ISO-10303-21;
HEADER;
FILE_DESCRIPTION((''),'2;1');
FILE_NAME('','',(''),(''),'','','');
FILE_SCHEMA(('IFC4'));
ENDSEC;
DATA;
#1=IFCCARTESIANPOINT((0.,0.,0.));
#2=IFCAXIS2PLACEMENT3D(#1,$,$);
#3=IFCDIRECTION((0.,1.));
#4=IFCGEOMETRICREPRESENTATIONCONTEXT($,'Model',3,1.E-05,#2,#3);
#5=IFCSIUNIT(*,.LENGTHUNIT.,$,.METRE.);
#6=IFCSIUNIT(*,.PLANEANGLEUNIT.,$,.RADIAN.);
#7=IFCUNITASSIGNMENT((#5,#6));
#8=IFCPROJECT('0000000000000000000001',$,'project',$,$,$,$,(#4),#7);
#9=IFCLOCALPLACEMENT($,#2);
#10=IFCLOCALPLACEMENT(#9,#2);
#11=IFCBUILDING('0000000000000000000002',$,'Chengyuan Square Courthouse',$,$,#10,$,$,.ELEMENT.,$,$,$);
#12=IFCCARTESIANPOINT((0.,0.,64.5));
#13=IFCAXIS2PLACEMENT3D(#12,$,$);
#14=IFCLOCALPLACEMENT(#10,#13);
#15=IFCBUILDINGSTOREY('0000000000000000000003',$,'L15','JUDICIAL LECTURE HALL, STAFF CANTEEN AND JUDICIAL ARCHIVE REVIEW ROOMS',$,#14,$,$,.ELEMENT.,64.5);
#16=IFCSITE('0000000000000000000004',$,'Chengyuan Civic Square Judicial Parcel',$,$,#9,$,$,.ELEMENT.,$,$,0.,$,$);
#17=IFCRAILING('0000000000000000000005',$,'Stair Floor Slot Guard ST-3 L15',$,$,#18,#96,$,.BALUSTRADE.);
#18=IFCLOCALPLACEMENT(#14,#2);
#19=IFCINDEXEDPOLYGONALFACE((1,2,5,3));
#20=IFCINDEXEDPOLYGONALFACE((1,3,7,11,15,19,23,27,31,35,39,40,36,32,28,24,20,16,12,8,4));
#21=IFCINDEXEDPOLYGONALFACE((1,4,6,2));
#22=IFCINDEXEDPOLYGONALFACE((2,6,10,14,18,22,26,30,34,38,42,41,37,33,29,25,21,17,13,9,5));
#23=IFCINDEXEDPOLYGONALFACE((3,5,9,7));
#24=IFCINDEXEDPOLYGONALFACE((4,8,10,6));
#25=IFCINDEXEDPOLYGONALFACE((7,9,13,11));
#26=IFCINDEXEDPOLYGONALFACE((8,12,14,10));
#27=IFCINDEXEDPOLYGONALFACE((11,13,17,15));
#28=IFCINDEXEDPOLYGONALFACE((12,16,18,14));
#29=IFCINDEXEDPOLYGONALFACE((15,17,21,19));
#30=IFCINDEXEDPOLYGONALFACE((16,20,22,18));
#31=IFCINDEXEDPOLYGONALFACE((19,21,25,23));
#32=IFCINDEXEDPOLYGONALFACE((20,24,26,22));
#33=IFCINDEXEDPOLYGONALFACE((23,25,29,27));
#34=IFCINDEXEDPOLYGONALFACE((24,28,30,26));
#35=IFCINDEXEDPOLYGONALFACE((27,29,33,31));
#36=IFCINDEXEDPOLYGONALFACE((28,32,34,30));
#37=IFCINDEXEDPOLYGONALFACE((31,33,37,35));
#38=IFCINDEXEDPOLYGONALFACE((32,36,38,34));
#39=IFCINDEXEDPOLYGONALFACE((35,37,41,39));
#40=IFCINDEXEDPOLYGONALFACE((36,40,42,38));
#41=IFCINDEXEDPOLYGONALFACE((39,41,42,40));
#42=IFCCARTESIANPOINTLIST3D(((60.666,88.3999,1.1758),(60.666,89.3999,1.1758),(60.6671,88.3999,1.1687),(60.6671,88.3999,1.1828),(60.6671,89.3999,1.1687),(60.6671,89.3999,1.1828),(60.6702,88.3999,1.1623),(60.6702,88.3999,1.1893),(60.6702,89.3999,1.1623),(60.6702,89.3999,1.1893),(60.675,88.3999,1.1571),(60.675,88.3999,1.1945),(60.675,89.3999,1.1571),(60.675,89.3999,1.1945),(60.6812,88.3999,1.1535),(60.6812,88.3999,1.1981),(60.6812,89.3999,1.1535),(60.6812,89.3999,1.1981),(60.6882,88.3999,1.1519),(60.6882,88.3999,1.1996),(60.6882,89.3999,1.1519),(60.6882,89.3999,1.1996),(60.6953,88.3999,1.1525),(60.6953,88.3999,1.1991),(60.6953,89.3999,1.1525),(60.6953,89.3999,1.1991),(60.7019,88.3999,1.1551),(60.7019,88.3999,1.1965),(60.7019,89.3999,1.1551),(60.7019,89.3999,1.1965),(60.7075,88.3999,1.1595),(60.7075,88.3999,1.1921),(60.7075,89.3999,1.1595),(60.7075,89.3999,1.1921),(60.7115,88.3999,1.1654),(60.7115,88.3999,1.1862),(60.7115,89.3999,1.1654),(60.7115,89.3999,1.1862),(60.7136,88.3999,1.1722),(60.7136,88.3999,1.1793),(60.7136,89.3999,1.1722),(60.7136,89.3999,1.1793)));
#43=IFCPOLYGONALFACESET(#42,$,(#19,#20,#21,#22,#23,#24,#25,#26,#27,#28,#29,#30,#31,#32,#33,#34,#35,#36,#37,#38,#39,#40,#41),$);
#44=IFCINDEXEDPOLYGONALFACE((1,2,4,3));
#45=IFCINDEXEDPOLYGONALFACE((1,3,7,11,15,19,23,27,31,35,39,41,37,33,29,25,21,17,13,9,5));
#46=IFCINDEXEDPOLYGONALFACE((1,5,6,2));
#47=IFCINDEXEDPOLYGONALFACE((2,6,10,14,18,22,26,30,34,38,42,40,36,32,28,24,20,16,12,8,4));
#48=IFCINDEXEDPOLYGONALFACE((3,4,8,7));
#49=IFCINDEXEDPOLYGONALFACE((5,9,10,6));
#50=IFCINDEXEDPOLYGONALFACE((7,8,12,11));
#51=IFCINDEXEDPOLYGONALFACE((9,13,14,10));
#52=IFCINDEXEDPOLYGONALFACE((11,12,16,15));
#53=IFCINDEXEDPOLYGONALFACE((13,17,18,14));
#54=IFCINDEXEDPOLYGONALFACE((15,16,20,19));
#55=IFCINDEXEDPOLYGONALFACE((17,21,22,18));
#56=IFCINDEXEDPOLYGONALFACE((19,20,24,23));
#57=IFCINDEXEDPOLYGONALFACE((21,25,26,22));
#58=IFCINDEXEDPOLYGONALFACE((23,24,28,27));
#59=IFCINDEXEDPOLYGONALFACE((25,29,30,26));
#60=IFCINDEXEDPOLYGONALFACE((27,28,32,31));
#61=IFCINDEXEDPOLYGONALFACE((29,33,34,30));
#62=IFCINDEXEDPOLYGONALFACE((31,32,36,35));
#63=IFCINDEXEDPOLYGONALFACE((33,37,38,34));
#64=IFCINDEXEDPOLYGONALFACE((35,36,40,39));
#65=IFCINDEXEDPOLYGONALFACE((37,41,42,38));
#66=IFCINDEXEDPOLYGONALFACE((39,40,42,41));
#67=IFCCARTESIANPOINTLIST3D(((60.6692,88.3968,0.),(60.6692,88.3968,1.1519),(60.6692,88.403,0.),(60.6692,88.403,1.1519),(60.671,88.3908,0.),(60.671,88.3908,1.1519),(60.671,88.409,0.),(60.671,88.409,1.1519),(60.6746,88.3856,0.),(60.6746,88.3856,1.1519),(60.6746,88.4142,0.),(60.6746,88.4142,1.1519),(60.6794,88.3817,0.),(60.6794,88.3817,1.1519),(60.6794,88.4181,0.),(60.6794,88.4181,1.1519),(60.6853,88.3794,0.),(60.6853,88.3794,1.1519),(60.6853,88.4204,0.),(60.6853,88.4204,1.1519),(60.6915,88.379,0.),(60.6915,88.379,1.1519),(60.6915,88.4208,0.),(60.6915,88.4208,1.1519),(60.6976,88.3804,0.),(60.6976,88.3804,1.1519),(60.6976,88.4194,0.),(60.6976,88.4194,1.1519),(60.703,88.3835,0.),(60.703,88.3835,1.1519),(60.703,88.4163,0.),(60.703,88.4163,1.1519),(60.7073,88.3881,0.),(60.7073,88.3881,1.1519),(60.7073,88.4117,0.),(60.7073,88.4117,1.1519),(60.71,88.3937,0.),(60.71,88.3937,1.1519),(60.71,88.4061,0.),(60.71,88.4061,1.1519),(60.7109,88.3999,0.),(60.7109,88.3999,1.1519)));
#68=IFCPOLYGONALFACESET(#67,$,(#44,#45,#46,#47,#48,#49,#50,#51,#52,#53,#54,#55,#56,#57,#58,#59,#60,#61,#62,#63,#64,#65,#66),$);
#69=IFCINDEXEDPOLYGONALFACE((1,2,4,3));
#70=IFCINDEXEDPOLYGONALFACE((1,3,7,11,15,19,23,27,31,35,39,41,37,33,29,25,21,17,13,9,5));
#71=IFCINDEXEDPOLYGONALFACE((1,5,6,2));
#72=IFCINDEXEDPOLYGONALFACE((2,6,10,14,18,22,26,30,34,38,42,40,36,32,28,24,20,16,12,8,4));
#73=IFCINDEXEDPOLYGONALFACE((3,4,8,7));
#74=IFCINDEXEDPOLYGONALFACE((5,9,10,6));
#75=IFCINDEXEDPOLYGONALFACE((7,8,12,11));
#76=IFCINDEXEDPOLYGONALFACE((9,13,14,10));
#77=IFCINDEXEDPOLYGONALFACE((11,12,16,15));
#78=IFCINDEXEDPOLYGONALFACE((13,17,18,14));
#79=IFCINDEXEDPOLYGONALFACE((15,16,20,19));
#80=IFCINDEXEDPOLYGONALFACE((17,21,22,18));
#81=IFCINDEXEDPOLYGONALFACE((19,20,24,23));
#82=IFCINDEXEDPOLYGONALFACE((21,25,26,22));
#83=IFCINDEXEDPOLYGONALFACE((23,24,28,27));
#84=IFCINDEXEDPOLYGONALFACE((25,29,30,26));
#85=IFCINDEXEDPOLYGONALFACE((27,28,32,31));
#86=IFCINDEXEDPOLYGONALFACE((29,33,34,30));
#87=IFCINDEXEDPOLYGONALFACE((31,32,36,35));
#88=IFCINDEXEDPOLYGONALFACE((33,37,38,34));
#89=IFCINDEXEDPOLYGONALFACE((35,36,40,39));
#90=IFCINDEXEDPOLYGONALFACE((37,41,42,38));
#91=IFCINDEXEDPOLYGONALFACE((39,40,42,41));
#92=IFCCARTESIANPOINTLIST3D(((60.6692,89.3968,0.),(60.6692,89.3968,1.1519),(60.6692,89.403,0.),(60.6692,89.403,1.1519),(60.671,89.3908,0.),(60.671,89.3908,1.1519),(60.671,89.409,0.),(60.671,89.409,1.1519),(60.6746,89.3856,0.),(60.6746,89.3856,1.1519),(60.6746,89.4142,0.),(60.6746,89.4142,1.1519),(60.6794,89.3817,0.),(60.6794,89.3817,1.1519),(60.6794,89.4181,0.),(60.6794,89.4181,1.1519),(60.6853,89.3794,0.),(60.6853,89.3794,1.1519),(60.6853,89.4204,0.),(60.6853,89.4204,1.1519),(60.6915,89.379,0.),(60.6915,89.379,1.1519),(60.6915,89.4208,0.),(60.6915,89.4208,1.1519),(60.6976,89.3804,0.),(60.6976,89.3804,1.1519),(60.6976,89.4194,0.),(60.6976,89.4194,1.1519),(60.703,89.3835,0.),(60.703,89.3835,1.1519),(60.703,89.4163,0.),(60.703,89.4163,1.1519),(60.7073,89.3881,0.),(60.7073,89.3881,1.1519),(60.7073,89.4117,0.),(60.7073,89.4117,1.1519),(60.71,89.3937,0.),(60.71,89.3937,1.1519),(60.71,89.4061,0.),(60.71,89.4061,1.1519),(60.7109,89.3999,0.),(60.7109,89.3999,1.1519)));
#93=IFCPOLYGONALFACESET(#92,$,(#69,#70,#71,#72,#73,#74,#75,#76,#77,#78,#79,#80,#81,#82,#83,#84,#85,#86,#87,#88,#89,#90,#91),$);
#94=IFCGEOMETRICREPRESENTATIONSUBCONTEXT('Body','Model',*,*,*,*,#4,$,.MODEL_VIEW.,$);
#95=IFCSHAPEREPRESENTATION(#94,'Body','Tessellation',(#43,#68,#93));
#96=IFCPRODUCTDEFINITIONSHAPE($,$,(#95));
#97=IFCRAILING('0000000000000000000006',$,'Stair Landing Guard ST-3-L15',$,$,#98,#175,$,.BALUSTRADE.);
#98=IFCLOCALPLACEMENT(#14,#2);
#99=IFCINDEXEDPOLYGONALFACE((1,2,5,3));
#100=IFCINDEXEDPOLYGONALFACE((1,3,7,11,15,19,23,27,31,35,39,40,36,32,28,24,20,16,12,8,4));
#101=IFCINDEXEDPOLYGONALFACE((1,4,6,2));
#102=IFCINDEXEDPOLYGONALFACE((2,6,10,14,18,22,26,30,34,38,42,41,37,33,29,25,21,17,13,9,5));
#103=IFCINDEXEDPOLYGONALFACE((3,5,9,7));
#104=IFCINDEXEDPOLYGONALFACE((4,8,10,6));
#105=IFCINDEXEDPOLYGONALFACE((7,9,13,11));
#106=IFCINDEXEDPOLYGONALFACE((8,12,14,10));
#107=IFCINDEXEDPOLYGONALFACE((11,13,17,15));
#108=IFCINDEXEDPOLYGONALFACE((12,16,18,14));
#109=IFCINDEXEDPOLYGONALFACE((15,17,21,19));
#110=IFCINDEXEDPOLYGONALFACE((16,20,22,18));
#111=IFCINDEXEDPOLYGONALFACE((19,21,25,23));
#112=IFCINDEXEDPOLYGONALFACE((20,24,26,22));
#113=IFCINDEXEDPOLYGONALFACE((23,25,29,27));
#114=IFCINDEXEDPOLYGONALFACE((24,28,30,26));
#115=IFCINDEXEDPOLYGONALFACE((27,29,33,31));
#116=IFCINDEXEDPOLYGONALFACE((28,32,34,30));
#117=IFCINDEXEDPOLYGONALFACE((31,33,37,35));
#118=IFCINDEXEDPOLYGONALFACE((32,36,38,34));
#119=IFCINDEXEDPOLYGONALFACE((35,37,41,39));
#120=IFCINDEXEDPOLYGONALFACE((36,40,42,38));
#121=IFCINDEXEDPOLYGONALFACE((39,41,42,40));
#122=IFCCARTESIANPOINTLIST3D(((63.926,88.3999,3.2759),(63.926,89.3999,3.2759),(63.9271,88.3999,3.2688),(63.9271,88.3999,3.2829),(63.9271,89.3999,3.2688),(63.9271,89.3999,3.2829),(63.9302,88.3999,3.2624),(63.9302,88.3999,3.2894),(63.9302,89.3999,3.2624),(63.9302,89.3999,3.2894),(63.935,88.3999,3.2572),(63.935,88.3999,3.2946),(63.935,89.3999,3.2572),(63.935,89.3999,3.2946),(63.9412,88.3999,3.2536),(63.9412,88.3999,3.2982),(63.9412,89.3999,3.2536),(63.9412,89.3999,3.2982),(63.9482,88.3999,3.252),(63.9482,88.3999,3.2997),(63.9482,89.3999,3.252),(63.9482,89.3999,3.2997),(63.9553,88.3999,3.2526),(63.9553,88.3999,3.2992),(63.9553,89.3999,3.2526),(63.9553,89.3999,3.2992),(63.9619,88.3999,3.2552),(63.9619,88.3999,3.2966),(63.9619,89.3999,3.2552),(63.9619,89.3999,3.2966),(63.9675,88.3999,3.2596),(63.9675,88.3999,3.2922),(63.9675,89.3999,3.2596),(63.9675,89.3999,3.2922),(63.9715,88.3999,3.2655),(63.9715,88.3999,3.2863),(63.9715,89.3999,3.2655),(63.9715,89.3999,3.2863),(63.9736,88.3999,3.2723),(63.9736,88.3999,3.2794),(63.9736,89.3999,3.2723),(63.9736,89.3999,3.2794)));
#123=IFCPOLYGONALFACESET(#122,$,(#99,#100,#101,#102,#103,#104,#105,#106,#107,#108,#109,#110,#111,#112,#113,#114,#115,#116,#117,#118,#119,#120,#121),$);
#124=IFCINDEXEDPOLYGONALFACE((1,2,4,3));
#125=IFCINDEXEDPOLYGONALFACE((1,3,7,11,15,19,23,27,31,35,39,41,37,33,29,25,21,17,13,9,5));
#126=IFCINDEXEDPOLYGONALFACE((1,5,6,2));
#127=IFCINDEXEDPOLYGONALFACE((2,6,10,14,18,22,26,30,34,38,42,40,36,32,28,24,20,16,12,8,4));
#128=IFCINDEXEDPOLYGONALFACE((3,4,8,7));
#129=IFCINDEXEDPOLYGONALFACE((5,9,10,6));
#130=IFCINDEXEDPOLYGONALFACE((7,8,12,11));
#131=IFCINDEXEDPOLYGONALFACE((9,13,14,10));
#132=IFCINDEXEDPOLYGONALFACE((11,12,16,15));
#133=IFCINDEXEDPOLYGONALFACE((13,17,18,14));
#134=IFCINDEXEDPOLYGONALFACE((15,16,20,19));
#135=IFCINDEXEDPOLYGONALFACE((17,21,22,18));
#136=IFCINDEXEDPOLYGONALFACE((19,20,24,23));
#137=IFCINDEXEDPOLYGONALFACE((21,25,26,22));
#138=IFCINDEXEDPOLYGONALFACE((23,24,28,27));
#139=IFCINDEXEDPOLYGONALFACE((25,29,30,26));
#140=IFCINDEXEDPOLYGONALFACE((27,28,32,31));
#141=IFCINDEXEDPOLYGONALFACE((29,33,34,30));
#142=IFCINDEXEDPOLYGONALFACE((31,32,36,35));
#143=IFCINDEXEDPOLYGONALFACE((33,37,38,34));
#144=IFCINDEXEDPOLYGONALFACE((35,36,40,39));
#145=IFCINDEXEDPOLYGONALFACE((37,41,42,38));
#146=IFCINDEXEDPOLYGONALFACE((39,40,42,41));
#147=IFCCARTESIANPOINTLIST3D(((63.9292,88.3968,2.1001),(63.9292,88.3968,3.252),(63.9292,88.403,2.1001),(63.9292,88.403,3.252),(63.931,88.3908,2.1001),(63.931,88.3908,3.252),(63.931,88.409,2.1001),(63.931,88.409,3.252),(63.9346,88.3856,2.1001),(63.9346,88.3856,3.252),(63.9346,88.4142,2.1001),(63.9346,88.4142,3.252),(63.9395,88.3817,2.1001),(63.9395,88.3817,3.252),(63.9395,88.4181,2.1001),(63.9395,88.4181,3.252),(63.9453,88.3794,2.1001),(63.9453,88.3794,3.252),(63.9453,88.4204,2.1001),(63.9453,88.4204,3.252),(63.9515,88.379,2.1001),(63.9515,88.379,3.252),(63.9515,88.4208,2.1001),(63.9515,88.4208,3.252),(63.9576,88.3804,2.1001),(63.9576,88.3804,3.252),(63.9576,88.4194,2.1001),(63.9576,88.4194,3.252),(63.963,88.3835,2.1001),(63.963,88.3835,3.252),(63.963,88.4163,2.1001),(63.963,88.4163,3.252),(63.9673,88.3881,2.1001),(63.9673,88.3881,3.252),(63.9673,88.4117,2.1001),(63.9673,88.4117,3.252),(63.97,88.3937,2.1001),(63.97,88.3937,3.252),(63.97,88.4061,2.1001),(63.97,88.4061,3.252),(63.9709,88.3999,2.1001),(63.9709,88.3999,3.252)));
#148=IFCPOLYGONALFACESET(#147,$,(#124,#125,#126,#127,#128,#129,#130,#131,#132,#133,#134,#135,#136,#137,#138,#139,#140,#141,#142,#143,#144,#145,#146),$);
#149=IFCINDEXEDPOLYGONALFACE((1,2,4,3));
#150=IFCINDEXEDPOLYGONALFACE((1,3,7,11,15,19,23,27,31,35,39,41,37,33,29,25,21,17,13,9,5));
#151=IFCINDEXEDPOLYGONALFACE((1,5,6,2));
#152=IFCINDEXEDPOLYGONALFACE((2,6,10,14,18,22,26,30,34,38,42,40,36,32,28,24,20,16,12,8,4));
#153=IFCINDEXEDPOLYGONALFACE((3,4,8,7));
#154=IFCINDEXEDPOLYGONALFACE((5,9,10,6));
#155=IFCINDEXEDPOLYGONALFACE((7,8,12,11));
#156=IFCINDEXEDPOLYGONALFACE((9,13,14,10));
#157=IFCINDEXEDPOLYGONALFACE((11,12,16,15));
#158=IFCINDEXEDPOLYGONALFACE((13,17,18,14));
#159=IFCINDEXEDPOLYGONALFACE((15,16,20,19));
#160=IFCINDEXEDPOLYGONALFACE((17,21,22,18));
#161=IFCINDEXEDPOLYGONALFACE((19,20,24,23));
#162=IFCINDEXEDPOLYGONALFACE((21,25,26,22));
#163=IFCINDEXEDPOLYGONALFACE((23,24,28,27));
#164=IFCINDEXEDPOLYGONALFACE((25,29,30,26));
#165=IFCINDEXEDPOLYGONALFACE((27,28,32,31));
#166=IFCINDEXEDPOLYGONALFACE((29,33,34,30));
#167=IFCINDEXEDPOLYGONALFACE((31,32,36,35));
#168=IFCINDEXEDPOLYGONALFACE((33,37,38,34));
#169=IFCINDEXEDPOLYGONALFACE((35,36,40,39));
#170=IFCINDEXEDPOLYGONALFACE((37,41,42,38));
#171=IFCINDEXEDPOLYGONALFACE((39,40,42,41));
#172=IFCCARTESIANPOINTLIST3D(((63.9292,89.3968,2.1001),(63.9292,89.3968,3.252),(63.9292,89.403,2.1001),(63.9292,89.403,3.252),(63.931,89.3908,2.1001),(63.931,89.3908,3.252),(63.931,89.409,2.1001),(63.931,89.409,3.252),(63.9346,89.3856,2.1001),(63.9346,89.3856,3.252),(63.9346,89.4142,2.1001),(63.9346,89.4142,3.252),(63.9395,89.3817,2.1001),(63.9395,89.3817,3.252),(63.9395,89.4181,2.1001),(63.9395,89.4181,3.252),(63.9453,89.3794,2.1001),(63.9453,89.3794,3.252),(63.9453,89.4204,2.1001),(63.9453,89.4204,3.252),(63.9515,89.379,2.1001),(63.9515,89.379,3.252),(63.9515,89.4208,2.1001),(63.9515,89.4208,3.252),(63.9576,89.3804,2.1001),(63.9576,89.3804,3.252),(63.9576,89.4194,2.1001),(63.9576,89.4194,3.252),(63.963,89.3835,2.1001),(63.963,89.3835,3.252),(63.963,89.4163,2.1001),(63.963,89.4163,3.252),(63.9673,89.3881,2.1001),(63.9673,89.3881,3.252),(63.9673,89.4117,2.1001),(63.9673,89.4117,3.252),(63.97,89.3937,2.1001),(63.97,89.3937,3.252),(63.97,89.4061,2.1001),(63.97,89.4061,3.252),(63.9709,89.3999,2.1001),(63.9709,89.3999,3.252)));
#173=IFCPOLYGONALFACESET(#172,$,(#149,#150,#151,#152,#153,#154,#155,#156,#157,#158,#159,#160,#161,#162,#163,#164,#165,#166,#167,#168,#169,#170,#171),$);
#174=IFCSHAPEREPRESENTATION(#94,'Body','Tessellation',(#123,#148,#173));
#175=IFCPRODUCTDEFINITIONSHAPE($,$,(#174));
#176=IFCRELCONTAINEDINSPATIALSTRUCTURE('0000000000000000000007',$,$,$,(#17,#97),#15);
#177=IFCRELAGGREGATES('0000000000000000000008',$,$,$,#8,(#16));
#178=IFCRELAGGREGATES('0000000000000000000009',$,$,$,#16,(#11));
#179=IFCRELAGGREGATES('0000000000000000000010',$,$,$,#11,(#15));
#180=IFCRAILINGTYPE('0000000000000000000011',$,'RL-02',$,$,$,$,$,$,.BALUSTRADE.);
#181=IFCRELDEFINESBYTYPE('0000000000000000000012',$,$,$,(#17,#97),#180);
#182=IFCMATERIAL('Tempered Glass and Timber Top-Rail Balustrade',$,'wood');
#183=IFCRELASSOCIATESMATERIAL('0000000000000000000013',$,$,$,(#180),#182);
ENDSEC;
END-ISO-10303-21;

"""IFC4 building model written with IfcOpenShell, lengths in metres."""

from ifc_helpers import new_model, si_unit, direction, frame, origin, origin_2d, place, context, subcontext, project, spatial, circle, extrude, material, type_object, element, save


model = new_model("IFC4")

# Units and contexts
model_context = context("Model", 3, precision=1e-05, world=origin(), true_north=direction((0.0, 1.0)))
body_context = subcontext(model_context, "Body", "Model", "MODEL_VIEW")
ifc_project = project(units=[si_unit("LENGTHUNIT", "METRE"), si_unit("PLANEANGLEUNIT", "RADIAN")], contexts=[model_context])

# Site, building, storey
site_placement = place(None, origin())
site = spatial("IfcSite", under=ifc_project, at=site_placement, Name="Chengyuan Civic Square Judicial Parcel", CompositionType="ELEMENT", RefElevation=0.0)
building_placement = place(site_placement, origin())
building = spatial("IfcBuilding", under=site, at=building_placement, Name="Chengyuan Square Courthouse", CompositionType="ELEMENT")
storey_placement = place(building_placement, frame((0.0, 0.0, 64.5)))
storey = spatial("IfcBuildingStorey", under=building, at=storey_placement, Name="L15", Description="JUDICIAL LECTURE HALL, STAFF CANTEEN AND JUDICIAL ARCHIVE REVIEW ROOMS", CompositionType="ELEMENT", Elevation=64.5)

# Railings
ifc_material_1 = material(Name="Tempered Glass and Timber Top-Rail Balustrade", Category="wood")
railing_type_1 = type_object("IfcRailingType", Name="RL-02", PredefinedType="BALUSTRADE", material=ifc_material_1)
for number, where, name in (
    (1, (60.6899, 88.3999, 0.0), "Stair Floor Slot Guard ST-3 L15"),
    (2, (63.95, 88.3999, 2.1001), "Stair Landing Guard ST-3-L15"),
):
    element("IfcRailing", number, at=place(storey_placement, frame(where)), inside=storey, type_object=railing_type_1, Name=name, PredefinedType="BALUSTRADE", context=body_context, shape_type="SweptSolid", body=[
        extrude(circle(Radius=0.0239, at=origin_2d()), frame((0.0, 0.0, 1.1758), z_axis=(0.0, 1.0, 0.0), x_axis=(-1.0, 0.0, 0.0)), (0.0, 0.0, 1.0), 1.0),
        extrude(circle(Radius=0.021, at=origin_2d()), origin(), (0.0, 0.0, 1.0), 1.1519),
        extrude(circle(Radius=0.021, at=origin_2d()), frame((0.0, 1.0, 0.0)), (0.0, 0.0, 1.0), 1.1519),
    ])

save(model, "model.ifc")
